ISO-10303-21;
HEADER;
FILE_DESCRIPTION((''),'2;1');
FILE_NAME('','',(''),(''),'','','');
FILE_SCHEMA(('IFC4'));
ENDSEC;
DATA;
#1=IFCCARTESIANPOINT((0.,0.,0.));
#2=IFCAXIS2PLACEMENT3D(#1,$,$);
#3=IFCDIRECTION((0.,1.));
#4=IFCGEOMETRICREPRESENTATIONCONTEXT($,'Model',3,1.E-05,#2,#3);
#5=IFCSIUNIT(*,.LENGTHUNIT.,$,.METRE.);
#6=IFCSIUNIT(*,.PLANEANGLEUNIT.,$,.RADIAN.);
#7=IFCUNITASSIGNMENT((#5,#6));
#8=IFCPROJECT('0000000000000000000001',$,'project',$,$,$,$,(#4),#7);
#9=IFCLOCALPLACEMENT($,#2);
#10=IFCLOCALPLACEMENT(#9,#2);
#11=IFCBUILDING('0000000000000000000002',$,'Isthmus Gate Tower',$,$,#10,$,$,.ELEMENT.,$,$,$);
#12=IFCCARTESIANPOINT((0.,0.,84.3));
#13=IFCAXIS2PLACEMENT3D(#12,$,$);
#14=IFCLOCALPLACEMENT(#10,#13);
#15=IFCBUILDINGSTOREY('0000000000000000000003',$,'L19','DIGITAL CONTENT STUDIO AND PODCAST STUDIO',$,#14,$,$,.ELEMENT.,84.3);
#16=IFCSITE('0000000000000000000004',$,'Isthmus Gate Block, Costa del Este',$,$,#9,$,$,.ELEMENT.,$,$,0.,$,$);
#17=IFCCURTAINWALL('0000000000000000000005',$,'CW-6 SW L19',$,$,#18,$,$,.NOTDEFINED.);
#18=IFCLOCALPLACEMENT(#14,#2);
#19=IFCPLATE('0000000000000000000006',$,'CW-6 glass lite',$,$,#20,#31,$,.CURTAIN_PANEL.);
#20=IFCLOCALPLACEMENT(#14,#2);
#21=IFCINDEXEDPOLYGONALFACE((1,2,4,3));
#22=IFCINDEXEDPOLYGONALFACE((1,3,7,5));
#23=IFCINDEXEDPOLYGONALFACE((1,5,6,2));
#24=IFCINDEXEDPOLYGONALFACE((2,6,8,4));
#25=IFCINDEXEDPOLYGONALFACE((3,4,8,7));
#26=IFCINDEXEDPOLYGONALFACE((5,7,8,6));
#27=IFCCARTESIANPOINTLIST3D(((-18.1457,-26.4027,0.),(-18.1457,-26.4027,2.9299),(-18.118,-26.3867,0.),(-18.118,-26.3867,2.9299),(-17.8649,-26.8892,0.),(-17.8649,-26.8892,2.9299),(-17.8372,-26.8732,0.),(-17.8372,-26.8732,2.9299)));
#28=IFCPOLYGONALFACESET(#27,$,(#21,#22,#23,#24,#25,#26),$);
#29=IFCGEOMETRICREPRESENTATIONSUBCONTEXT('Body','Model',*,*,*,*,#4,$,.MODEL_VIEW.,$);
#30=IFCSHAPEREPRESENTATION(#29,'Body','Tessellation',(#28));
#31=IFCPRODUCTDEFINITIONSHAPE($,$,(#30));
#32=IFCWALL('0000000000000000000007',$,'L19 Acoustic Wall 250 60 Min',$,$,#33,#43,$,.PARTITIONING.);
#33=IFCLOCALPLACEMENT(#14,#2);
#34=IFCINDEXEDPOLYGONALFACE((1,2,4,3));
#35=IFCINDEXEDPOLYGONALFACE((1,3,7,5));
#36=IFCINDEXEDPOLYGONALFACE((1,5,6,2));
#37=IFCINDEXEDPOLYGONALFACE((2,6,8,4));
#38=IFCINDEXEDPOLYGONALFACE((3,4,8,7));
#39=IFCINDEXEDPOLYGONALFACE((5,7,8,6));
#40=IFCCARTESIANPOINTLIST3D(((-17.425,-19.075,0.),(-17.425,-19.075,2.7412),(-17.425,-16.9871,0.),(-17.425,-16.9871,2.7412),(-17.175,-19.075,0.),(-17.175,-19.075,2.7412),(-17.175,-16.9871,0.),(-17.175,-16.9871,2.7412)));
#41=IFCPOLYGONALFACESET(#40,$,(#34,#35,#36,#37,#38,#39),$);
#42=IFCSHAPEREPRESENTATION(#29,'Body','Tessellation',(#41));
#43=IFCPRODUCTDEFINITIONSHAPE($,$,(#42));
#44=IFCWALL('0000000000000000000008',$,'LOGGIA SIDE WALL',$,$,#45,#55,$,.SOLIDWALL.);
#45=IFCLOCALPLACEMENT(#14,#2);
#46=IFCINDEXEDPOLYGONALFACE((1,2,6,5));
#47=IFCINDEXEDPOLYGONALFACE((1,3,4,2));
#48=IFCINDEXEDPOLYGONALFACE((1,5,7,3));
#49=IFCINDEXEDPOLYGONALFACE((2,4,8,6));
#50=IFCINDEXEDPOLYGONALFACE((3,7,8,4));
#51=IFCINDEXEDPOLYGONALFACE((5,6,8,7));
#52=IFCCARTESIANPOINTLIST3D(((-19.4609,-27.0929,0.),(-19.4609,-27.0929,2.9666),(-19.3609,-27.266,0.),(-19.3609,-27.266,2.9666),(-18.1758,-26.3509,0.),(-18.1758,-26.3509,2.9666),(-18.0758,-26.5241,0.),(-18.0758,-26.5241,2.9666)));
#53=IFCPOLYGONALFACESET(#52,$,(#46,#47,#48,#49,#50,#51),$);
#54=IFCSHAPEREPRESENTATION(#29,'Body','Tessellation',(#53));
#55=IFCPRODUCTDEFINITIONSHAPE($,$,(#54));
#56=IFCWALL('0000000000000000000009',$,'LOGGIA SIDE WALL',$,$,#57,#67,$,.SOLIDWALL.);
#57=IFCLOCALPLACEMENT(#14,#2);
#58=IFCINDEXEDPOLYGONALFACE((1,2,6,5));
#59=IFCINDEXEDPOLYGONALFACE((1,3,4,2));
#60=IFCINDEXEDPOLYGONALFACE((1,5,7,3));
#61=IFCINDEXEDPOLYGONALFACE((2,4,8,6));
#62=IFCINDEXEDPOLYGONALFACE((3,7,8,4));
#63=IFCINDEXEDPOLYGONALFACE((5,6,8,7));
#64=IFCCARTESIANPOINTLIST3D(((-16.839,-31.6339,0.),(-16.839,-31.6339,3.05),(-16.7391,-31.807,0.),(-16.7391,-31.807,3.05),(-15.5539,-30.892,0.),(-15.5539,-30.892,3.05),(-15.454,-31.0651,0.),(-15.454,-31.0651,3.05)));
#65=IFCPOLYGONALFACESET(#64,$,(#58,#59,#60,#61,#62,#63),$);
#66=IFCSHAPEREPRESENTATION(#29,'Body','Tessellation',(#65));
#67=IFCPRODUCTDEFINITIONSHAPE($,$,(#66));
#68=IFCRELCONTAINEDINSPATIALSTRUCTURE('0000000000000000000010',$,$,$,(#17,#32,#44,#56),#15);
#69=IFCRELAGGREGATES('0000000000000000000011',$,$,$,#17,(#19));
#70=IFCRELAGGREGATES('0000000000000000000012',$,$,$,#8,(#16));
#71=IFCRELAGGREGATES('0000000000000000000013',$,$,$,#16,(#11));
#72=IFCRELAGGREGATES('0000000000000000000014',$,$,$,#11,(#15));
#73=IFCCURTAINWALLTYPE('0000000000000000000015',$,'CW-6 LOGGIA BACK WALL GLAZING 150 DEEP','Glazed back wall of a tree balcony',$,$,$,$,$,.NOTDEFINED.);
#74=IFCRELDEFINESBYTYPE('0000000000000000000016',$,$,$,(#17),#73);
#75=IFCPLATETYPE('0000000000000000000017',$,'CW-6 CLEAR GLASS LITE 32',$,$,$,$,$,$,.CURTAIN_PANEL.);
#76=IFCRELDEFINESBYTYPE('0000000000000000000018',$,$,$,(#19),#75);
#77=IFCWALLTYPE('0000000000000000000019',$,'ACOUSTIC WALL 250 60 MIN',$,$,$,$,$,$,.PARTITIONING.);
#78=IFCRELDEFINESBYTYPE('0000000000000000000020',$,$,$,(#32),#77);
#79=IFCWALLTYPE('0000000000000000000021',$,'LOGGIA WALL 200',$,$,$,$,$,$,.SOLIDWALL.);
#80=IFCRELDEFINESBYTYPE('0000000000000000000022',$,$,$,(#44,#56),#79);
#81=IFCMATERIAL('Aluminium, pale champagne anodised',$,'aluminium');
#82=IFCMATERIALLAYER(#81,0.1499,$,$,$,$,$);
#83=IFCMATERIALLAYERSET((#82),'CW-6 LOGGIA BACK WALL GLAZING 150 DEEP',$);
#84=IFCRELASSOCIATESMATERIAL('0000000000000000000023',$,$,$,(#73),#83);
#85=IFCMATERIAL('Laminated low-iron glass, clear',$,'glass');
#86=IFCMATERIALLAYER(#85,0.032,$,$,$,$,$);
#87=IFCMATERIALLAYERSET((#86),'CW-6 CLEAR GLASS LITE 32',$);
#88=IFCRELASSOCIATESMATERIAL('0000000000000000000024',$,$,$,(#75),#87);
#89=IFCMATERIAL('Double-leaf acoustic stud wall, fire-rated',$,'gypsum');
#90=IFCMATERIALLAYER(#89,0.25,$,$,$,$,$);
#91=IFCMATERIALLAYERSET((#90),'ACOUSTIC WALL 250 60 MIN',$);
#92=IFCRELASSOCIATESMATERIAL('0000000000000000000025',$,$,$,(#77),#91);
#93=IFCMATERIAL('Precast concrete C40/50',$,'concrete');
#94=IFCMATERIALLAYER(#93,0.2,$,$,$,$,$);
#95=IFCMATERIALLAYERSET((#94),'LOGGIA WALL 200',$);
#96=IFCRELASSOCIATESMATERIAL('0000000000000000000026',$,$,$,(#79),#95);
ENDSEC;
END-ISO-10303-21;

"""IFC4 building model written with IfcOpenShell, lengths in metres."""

from ifc_helpers import new_model, si_unit, direction, frame, frame_2d, origin, origin_2d, place, context, subcontext, project, spatial, rectangle, extrude, material, layer, layer_set, type_object, element, aggregate, save


model = new_model("IFC4")

# Units and contexts
model_context = context("Model", 3, precision=1e-05, world=origin(), true_north=direction((0.0, 1.0)))
body_context = subcontext(model_context, "Body", "Model", "MODEL_VIEW")
ifc_project = project(units=[si_unit("LENGTHUNIT", "METRE"), si_unit("PLANEANGLEUNIT", "RADIAN")], contexts=[model_context])

# Site, building, storey
site_placement = place(None, origin())
site = spatial("IfcSite", under=ifc_project, at=site_placement, Name="Isthmus Gate Block, Costa del Este", CompositionType="ELEMENT", RefElevation=0.0)
building_placement = place(site_placement, origin())
building = spatial("IfcBuilding", under=site, at=building_placement, Name="Isthmus Gate Tower", CompositionType="ELEMENT")
storey_placement = place(building_placement, frame((0.0, 0.0, 84.3)))
storey = spatial("IfcBuildingStorey", under=building, at=storey_placement, Name="L19", Description="DIGITAL CONTENT STUDIO AND PODCAST STUDIO", CompositionType="ELEMENT", Elevation=84.3)

# Curtain wall
ifc_material_1 = material(Name="Aluminium, pale champagne anodised", Category="aluminium")
ifc_layer_1 = layer(ifc_material_1, 0.1499)
ifc_layer_set_1 = layer_set([ifc_layer_1], Name="CW-6 LOGGIA BACK WALL GLAZING 150 DEEP")
curtain_wall_type_1 = type_object("IfcCurtainWallType", Name="CW-6 LOGGIA BACK WALL GLAZING 150 DEEP", Description="Glazed back wall of a tree balcony", PredefinedType="NOTDEFINED", material=ifc_layer_set_1)
curtain_wall_1_placement = place(storey_placement, origin())
curtain_wall_1 = element("IfcCurtainWall", 1, at=curtain_wall_1_placement, inside=storey, type_object=curtain_wall_type_1, Name="CW-6 SW L19", PredefinedType="NOTDEFINED")

# Plate
ifc_material_2 = material(Name="Laminated low-iron glass, clear", Category="glass")
ifc_layer_2 = layer(ifc_material_2, 0.032)
ifc_layer_set_2 = layer_set([ifc_layer_2], Name="CW-6 CLEAR GLASS LITE 32")
plate_type_1 = type_object("IfcPlateType", Name="CW-6 CLEAR GLASS LITE 32", PredefinedType="CURTAIN_PANEL", material=ifc_layer_set_2)
plate_1_placement = place(storey_placement, frame((-17.9915, -26.6379, 0.0), z_axis=(0.0, 0.0, 1.0), x_axis=(0.5, -0.866025, 0.0)))
plate_1 = element("IfcPlate", 2, at=plate_1_placement, type_object=plate_type_1, Name="CW-6 glass lite", PredefinedType="CURTAIN_PANEL", context=body_context, shape_type="SweptSolid", body=[
    extrude(rectangle(XDim=0.5618, YDim=0.032, at=origin_2d()), origin(), (0.0, 0.0, 1.0), 2.9299),
])
aggregate(curtain_wall_1, [plate_1])

# Wall
ifc_material_3 = material(Name="Double-leaf acoustic stud wall, fire-rated", Category="gypsum")
ifc_layer_3 = layer(ifc_material_3, 0.25)
ifc_layer_set_3 = layer_set([ifc_layer_3], Name="ACOUSTIC WALL 250 60 MIN")
wall_type_1 = type_object("IfcWallType", Name="ACOUSTIC WALL 250 60 MIN", PredefinedType="PARTITIONING", material=ifc_layer_set_3)
wall_1_placement = place(storey_placement, frame((-17.3, -19.075, 0.0), z_axis=(0.0, 0.0, 1.0), x_axis=(0.0, 1.0, 0.0)))
element("IfcWall", 3, at=wall_1_placement, inside=storey, type_object=wall_type_1, Name="L19 Acoustic Wall 250 60 Min", PredefinedType="PARTITIONING", context=body_context, shape_type="SweptSolid", body=[
    extrude(rectangle(XDim=2.0879, YDim=0.25, at=frame_2d((1.0439, 0.0))), origin(), (0.0, 0.0, 1.0), 2.7412),
])

# Shared definitions
ifc_material_4 = material(Name="Precast concrete C40/50", Category="concrete")
ifc_layer_4 = layer(ifc_material_4, 0.2)
ifc_layer_set_4 = layer_set([ifc_layer_4], Name="LOGGIA WALL 200")
wall_type_2 = type_object("IfcWallType", Name="LOGGIA WALL 200", PredefinedType="SOLIDWALL", material=ifc_layer_set_4)

# Walls
wall_2_placement = place(storey_placement, frame((-19.4109, -27.1794, 0.0), z_axis=(0.0, 0.0, 1.0), x_axis=(0.866038, 0.499979, 0.0)))
element("IfcWall", 4, at=wall_2_placement, inside=storey, type_object=wall_type_2, Name="LOGGIA SIDE WALL", PredefinedType="SOLIDWALL", context=body_context, shape_type="SweptSolid", body=[
    extrude(rectangle(XDim=1.4839, YDim=0.2, at=frame_2d((0.7419, 0.0))), origin(), (0.0, 0.0, 1.0), 2.9666),
])
wall_3_placement = place(storey_placement, frame((-16.7891, -31.7205, 0.0), z_axis=(0.0, 0.0, 1.0), x_axis=(0.866038, 0.499979, 0.0)))
element("IfcWall", 5, at=wall_3_placement, inside=storey, type_object=wall_type_2, Name="LOGGIA SIDE WALL", PredefinedType="SOLIDWALL", context=body_context, shape_type="SweptSolid", body=[
    extrude(rectangle(XDim=1.4839, YDim=0.2, at=frame_2d((0.7419, 0.0))), origin(), (0.0, 0.0, 1.0), 3.05),
])

save(model, "model.ifc")
